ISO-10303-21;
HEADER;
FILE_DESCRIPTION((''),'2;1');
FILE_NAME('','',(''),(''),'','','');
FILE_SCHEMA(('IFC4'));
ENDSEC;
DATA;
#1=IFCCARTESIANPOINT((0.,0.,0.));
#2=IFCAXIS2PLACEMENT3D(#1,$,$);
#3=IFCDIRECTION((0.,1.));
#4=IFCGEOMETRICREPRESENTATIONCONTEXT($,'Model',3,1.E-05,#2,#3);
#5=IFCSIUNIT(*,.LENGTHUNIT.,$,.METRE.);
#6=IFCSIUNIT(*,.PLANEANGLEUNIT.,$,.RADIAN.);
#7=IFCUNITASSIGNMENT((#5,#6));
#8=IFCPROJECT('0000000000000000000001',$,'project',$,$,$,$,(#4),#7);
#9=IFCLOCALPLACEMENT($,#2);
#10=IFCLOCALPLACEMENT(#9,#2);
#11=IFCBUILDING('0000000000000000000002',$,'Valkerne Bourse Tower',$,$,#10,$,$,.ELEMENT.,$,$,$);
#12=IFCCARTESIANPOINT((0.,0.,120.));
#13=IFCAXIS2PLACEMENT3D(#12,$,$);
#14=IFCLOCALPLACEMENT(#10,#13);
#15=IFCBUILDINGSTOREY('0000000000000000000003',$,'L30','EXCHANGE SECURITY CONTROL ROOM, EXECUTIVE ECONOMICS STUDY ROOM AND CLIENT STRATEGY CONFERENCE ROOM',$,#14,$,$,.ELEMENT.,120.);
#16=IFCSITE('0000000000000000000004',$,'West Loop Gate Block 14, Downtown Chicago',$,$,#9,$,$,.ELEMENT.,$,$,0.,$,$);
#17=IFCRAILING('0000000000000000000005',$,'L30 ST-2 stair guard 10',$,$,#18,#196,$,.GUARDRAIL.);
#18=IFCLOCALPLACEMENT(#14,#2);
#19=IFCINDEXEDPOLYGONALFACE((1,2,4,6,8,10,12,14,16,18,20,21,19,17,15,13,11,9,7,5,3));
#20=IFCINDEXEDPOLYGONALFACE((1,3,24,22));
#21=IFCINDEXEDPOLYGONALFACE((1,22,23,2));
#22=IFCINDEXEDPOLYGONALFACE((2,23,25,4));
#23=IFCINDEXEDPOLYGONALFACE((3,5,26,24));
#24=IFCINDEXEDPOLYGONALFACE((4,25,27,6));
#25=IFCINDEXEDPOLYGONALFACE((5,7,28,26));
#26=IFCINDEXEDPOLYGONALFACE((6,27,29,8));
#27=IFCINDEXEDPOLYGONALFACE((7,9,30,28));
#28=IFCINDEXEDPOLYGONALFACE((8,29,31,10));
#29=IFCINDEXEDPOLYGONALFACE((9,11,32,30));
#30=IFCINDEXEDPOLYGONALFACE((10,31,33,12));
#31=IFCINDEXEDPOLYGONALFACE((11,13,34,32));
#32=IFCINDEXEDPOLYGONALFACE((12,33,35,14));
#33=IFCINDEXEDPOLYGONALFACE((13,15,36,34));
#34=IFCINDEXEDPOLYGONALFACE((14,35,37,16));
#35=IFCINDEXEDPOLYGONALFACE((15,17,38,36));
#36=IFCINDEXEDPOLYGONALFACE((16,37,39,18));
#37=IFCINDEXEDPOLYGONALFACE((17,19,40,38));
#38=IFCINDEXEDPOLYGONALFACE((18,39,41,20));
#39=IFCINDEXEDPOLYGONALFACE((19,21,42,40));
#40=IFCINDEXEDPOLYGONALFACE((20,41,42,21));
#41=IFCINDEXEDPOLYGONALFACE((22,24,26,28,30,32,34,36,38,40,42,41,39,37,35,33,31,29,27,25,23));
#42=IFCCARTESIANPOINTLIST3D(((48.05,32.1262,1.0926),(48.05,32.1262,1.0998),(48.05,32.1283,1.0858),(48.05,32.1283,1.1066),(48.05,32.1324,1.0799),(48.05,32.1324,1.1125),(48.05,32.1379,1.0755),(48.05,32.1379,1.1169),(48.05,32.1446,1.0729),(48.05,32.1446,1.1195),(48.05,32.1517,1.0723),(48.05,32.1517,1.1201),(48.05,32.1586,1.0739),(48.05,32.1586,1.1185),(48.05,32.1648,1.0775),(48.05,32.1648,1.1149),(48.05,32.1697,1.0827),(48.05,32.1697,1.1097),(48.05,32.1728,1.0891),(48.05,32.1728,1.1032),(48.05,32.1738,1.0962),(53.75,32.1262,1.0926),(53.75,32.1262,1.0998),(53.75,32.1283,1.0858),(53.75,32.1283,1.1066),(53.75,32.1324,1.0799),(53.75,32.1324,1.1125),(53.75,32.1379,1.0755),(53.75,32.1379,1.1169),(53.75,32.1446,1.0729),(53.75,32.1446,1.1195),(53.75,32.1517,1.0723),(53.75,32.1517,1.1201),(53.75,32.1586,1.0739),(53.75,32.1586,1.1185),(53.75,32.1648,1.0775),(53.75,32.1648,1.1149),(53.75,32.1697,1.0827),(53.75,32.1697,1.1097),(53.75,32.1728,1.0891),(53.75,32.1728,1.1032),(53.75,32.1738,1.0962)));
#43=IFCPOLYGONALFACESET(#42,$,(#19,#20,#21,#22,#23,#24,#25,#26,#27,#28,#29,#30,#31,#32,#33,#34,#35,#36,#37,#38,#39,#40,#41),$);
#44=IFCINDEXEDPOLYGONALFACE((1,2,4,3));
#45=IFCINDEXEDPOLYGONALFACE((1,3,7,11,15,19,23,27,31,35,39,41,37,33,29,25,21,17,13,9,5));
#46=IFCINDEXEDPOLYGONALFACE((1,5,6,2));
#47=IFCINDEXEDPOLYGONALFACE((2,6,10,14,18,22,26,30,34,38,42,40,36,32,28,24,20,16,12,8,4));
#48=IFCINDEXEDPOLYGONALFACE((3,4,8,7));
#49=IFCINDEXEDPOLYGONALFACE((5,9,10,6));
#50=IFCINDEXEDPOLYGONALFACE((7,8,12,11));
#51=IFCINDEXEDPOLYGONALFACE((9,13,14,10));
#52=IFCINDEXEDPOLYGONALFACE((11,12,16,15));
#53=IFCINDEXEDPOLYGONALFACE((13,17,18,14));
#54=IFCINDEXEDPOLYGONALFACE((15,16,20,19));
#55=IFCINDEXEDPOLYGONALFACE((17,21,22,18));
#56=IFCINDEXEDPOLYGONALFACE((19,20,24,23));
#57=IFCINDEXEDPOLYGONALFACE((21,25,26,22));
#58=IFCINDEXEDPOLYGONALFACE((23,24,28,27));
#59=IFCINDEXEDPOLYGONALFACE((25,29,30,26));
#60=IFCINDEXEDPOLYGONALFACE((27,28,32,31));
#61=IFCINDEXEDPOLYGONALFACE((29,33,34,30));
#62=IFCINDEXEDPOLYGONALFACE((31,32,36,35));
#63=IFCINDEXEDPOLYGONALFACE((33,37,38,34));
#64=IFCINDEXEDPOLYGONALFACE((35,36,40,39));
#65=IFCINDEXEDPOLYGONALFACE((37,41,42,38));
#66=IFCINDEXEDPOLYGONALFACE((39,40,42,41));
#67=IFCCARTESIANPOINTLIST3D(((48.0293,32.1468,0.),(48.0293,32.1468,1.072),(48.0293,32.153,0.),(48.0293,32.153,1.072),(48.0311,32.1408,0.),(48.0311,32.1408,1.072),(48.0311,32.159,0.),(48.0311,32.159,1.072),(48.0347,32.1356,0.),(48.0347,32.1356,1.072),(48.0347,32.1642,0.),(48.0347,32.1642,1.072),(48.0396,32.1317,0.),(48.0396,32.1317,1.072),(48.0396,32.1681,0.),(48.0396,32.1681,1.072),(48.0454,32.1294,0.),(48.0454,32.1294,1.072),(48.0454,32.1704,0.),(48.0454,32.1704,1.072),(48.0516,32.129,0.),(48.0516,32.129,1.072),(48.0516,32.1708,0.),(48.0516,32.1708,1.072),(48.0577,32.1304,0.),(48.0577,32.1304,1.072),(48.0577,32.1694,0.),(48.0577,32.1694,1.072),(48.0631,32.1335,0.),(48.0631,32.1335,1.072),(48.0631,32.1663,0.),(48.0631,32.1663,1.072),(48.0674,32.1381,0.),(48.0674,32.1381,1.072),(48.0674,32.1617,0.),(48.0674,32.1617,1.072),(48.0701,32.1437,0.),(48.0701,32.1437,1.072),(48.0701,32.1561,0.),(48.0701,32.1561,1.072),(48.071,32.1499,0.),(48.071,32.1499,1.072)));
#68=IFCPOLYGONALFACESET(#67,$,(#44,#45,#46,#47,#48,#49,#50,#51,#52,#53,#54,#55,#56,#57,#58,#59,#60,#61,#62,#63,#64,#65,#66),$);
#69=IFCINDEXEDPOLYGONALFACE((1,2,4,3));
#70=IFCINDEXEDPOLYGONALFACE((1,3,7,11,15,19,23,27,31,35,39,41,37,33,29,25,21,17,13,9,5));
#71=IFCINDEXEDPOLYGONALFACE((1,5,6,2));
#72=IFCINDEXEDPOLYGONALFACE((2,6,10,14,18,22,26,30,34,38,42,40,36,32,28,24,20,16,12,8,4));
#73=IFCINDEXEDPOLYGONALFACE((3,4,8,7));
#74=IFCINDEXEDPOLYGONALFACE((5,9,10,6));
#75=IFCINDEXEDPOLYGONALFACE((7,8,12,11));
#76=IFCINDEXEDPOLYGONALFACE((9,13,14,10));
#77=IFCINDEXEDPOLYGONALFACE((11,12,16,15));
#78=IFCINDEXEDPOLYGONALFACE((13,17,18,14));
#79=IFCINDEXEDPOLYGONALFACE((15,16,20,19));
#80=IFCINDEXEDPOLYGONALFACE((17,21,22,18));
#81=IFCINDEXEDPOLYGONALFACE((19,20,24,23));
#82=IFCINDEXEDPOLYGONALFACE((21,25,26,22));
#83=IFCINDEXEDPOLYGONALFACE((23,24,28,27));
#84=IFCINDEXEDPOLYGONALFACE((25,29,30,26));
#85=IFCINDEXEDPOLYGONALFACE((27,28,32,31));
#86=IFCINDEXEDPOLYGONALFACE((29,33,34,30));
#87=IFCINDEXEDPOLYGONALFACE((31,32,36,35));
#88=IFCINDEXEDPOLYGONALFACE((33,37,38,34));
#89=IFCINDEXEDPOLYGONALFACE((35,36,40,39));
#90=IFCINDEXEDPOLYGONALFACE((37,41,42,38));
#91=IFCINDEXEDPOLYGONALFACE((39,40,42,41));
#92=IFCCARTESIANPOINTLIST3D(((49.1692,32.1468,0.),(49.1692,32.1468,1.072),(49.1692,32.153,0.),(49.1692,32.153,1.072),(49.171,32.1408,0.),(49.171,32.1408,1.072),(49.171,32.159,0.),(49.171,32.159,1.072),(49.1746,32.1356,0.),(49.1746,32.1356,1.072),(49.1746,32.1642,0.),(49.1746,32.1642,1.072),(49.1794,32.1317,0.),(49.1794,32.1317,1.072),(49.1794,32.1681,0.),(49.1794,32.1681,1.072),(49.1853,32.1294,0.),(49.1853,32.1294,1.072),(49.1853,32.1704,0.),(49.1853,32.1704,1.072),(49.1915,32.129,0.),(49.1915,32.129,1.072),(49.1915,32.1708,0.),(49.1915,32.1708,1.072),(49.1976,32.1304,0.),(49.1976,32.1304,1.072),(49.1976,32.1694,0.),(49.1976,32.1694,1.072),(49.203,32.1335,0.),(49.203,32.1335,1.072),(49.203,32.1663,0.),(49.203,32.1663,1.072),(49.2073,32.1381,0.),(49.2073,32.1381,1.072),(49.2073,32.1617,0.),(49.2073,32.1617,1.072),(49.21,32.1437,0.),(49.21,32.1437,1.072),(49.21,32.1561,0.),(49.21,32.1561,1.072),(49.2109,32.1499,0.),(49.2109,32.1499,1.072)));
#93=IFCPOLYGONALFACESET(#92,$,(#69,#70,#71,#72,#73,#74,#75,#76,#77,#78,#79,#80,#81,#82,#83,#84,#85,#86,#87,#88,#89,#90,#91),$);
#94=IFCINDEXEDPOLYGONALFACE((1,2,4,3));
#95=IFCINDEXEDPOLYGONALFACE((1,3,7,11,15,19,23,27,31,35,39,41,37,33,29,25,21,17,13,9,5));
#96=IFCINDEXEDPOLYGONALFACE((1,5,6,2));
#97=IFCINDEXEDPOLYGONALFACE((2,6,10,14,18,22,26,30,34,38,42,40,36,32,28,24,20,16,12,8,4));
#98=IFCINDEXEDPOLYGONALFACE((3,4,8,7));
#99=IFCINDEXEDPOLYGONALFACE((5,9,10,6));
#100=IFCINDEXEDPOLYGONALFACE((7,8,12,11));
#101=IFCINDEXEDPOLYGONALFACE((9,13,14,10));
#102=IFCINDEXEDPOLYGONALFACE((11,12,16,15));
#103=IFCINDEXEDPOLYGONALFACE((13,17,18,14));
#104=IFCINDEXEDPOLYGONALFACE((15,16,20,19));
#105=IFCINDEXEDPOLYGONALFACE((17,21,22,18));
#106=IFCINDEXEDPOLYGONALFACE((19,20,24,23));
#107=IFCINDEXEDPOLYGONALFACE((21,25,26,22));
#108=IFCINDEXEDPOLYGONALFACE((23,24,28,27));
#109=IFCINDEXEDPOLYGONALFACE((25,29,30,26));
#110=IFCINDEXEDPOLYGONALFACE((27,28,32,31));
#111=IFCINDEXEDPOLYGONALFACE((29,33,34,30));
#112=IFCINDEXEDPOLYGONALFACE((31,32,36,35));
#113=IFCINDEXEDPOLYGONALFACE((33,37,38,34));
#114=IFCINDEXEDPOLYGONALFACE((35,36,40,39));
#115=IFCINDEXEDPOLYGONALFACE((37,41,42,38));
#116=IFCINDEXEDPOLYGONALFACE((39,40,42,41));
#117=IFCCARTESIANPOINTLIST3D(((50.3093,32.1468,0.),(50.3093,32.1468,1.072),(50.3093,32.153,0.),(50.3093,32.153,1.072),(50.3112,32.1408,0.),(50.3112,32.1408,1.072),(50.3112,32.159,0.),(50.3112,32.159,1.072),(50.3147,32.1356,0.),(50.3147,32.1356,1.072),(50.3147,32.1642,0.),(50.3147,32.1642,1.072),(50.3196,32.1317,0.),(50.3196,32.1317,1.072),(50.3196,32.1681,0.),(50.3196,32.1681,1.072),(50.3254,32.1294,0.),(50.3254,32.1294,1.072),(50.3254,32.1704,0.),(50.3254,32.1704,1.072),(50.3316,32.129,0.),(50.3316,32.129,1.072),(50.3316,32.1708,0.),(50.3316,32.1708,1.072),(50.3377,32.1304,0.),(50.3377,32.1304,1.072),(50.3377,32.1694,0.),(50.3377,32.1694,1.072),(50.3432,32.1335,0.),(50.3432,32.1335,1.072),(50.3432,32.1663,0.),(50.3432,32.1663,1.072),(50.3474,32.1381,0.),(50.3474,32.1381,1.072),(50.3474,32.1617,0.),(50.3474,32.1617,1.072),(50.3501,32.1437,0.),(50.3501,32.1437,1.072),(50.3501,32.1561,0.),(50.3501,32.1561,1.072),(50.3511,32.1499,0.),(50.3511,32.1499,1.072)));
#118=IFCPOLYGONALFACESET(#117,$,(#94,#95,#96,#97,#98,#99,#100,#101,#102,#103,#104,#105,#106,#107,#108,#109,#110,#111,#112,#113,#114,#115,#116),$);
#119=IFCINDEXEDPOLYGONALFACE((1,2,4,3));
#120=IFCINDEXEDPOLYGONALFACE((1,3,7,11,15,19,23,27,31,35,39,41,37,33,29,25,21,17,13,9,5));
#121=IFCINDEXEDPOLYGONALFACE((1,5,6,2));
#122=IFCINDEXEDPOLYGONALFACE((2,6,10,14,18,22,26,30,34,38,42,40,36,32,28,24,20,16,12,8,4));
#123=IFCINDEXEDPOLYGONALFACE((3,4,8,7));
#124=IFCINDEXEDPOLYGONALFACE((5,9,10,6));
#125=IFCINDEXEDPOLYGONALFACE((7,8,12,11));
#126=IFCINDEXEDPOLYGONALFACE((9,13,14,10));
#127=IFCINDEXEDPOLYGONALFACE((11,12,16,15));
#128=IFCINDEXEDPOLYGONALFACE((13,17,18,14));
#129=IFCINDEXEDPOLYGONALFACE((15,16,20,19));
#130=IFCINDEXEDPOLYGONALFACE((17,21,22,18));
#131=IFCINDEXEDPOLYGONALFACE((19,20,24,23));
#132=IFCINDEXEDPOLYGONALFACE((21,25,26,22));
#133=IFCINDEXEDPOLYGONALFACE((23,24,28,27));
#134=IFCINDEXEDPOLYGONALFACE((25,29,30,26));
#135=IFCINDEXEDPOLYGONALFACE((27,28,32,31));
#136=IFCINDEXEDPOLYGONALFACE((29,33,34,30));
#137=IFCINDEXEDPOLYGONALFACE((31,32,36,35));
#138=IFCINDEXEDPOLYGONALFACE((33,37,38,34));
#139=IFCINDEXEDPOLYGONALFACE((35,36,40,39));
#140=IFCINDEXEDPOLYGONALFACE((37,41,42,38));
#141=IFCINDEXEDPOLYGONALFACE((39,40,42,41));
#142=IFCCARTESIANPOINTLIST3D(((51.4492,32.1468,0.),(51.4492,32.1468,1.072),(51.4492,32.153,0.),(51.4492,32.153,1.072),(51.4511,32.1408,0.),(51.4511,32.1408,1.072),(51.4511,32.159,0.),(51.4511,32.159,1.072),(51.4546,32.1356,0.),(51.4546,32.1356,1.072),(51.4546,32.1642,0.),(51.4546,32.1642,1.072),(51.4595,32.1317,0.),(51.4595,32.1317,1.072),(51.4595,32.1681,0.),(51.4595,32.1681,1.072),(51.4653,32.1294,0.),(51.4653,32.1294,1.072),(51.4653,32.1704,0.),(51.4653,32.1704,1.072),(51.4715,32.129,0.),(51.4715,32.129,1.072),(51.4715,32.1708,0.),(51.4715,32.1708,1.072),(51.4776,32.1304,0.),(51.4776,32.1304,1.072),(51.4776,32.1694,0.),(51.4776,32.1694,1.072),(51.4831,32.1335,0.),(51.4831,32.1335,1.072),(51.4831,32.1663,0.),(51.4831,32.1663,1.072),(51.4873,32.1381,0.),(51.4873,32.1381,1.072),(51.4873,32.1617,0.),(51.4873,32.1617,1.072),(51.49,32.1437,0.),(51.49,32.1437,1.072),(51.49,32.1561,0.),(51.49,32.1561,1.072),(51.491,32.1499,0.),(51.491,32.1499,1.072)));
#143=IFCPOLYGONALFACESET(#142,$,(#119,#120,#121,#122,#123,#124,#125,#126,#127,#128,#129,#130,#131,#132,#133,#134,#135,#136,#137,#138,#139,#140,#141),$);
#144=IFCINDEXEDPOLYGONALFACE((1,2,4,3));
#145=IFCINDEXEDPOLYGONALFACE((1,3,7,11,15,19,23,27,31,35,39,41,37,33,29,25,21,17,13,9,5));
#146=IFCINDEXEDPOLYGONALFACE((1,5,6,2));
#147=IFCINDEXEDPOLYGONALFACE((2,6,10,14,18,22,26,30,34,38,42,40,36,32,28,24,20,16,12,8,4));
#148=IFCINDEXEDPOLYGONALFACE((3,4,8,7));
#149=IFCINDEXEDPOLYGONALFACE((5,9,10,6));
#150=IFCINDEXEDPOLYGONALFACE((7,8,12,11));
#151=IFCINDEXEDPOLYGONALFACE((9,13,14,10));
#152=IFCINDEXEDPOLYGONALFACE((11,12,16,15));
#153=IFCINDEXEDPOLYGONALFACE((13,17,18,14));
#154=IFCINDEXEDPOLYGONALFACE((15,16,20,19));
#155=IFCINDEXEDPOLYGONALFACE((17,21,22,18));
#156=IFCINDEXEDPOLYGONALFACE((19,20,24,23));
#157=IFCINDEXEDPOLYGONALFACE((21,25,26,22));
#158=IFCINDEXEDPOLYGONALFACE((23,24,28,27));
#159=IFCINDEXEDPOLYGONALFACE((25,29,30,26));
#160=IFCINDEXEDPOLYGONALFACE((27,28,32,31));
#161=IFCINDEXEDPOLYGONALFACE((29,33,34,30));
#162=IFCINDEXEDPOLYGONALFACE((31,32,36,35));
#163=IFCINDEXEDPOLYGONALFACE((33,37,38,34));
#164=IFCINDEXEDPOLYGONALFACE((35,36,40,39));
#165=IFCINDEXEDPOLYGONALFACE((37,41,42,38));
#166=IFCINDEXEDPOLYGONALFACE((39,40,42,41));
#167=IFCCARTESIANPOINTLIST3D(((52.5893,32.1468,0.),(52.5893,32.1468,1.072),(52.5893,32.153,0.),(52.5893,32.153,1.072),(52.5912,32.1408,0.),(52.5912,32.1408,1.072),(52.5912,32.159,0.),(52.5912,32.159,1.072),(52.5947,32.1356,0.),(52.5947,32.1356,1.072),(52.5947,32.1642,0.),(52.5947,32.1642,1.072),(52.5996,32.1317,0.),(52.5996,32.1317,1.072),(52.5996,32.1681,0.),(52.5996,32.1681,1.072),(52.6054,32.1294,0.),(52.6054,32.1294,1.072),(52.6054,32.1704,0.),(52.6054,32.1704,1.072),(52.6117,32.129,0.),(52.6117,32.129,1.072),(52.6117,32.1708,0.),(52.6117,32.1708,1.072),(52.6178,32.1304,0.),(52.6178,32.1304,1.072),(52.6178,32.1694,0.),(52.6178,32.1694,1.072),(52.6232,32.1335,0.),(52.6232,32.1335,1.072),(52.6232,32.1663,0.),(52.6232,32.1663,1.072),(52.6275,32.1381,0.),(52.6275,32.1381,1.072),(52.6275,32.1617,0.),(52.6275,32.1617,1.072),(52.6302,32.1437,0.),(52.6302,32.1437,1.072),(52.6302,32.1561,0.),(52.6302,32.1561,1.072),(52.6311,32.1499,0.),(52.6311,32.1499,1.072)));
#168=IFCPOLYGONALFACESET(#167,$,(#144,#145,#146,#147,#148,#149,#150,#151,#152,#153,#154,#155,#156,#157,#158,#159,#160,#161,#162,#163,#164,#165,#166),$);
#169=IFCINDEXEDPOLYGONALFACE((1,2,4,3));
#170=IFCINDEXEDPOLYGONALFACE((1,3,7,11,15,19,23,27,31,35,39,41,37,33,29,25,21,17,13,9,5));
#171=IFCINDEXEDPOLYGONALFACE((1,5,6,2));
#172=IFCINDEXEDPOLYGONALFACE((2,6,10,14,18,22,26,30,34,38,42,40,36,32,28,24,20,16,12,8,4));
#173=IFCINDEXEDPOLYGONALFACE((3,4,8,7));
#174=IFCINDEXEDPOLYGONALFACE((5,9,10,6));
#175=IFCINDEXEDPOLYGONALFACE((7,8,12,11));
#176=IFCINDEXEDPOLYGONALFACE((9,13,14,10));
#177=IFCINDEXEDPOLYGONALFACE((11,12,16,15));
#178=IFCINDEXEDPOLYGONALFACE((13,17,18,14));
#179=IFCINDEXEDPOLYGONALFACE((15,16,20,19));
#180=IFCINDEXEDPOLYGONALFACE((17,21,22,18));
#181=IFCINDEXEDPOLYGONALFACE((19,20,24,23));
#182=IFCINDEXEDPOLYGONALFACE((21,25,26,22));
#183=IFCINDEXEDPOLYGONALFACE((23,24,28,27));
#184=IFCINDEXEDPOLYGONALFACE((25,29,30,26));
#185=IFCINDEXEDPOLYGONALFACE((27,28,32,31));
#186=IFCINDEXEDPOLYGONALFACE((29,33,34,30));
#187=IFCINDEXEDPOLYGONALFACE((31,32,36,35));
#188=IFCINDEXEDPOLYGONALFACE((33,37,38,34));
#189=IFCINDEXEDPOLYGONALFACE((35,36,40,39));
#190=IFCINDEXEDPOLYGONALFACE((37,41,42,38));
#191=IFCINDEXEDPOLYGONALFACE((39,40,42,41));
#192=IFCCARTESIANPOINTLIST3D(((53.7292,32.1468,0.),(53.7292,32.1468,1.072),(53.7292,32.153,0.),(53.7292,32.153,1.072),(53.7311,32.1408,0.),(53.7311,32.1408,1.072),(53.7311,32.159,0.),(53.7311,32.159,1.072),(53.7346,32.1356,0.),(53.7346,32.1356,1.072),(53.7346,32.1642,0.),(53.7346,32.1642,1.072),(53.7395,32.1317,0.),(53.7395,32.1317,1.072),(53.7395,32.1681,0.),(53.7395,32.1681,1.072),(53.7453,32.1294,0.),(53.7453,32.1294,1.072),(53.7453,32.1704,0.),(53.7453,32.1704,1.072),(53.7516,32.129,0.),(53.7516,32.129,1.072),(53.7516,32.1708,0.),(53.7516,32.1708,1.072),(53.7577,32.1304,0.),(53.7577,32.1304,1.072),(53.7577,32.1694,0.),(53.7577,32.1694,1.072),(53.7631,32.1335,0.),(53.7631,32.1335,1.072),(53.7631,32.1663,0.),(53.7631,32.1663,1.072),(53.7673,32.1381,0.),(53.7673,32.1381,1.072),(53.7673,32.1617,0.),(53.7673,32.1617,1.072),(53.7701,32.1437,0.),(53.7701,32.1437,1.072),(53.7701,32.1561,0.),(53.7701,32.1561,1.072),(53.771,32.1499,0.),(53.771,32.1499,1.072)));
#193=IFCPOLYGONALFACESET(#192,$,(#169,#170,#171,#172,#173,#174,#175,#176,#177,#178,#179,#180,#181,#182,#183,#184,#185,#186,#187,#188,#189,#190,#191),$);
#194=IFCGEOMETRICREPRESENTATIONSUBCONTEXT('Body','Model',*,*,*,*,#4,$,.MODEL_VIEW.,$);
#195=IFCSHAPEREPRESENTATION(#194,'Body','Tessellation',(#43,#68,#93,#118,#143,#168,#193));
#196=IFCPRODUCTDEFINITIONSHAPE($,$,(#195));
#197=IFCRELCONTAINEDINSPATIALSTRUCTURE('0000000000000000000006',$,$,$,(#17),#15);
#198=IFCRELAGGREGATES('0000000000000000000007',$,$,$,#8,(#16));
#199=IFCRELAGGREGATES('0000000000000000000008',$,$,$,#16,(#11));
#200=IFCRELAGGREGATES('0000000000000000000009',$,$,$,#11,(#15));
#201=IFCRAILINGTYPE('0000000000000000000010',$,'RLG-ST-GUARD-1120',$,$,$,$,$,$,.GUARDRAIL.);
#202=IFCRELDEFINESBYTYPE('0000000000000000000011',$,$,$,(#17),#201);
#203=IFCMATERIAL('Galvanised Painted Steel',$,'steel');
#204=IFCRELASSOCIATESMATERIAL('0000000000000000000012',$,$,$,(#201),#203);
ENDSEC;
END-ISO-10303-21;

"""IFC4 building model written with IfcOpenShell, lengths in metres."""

from ifc_helpers import new_model, si_unit, direction, frame, origin, origin_2d, place, context, subcontext, project, spatial, circle, extrude, material, type_object, element, save


model = new_model("IFC4")

# Units and contexts
model_context = context("Model", 3, precision=1e-05, world=origin(), true_north=direction((0.0, 1.0)))
body_context = subcontext(model_context, "Body", "Model", "MODEL_VIEW")
ifc_project = project(units=[si_unit("LENGTHUNIT", "METRE"), si_unit("PLANEANGLEUNIT", "RADIAN")], contexts=[model_context])

# Site, building, storey
site_placement = place(None, origin())
site = spatial("IfcSite", under=ifc_project, at=site_placement, Name="West Loop Gate Block 14, Downtown Chicago", CompositionType="ELEMENT", RefElevation=0.0)
building_placement = place(site_placement, origin())
building = spatial("IfcBuilding", under=site, at=building_placement, Name="Valkerne Bourse Tower", CompositionType="ELEMENT")
storey_placement = place(building_placement, frame((0.0, 0.0, 120.0)))
storey = spatial("IfcBuildingStorey", under=building, at=storey_placement, Name="L30", Description="EXCHANGE SECURITY CONTROL ROOM, EXECUTIVE ECONOMICS STUDY ROOM AND CLIENT STRATEGY CONFERENCE ROOM", CompositionType="ELEMENT", Elevation=120.0)

# Shared definitions
ifc_material_1 = material(Name="Galvanised Painted Steel", Category="steel")

# Railing
railing_type_1 = type_object("IfcRailingType", Name="RLG-ST-GUARD-1120", PredefinedType="GUARDRAIL", material=ifc_material_1)
for number, where, name in (
    (1, (48.05, 32.1499, 0.0), "L30 ST-2 stair guard 10"),
):
    element("IfcRailing", number, at=place(storey_placement, frame(where)), inside=storey, type_object=railing_type_1, Name=name, PredefinedType="GUARDRAIL", context=body_context, shape_type="SweptSolid", body=[
        extrude(circle(Radius=0.0239, at=origin_2d()), frame((0.0, 0.0, 1.0962), z_axis=(1.0, 0.0, 0.0), x_axis=(0.0, 1.0, 0.0)), (0.0, 0.0, 1.0), 5.7),
        extrude(circle(Radius=0.021, at=origin_2d()), origin(), (0.0, 0.0, 1.0), 1.072),
        extrude(circle(Radius=0.021, at=origin_2d()), frame((1.1399, 0.0, 0.0)), (0.0, 0.0, 1.0), 1.072),
        extrude(circle(Radius=0.021, at=origin_2d()), frame((2.28, 0.0, 0.0)), (0.0, 0.0, 1.0), 1.072),
        extrude(circle(Radius=0.021, at=origin_2d()), frame((3.4199, 0.0, 0.0)), (0.0, 0.0, 1.0), 1.072),
        extrude(circle(Radius=0.021, at=origin_2d()), frame((4.5601, 0.0, 0.0)), (0.0, 0.0, 1.0), 1.072),
        extrude(circle(Radius=0.021, at=origin_2d()), frame((5.7, 0.0, 0.0)), (0.0, 0.0, 1.0), 1.072),
    ])

save(model, "model.ifc")
